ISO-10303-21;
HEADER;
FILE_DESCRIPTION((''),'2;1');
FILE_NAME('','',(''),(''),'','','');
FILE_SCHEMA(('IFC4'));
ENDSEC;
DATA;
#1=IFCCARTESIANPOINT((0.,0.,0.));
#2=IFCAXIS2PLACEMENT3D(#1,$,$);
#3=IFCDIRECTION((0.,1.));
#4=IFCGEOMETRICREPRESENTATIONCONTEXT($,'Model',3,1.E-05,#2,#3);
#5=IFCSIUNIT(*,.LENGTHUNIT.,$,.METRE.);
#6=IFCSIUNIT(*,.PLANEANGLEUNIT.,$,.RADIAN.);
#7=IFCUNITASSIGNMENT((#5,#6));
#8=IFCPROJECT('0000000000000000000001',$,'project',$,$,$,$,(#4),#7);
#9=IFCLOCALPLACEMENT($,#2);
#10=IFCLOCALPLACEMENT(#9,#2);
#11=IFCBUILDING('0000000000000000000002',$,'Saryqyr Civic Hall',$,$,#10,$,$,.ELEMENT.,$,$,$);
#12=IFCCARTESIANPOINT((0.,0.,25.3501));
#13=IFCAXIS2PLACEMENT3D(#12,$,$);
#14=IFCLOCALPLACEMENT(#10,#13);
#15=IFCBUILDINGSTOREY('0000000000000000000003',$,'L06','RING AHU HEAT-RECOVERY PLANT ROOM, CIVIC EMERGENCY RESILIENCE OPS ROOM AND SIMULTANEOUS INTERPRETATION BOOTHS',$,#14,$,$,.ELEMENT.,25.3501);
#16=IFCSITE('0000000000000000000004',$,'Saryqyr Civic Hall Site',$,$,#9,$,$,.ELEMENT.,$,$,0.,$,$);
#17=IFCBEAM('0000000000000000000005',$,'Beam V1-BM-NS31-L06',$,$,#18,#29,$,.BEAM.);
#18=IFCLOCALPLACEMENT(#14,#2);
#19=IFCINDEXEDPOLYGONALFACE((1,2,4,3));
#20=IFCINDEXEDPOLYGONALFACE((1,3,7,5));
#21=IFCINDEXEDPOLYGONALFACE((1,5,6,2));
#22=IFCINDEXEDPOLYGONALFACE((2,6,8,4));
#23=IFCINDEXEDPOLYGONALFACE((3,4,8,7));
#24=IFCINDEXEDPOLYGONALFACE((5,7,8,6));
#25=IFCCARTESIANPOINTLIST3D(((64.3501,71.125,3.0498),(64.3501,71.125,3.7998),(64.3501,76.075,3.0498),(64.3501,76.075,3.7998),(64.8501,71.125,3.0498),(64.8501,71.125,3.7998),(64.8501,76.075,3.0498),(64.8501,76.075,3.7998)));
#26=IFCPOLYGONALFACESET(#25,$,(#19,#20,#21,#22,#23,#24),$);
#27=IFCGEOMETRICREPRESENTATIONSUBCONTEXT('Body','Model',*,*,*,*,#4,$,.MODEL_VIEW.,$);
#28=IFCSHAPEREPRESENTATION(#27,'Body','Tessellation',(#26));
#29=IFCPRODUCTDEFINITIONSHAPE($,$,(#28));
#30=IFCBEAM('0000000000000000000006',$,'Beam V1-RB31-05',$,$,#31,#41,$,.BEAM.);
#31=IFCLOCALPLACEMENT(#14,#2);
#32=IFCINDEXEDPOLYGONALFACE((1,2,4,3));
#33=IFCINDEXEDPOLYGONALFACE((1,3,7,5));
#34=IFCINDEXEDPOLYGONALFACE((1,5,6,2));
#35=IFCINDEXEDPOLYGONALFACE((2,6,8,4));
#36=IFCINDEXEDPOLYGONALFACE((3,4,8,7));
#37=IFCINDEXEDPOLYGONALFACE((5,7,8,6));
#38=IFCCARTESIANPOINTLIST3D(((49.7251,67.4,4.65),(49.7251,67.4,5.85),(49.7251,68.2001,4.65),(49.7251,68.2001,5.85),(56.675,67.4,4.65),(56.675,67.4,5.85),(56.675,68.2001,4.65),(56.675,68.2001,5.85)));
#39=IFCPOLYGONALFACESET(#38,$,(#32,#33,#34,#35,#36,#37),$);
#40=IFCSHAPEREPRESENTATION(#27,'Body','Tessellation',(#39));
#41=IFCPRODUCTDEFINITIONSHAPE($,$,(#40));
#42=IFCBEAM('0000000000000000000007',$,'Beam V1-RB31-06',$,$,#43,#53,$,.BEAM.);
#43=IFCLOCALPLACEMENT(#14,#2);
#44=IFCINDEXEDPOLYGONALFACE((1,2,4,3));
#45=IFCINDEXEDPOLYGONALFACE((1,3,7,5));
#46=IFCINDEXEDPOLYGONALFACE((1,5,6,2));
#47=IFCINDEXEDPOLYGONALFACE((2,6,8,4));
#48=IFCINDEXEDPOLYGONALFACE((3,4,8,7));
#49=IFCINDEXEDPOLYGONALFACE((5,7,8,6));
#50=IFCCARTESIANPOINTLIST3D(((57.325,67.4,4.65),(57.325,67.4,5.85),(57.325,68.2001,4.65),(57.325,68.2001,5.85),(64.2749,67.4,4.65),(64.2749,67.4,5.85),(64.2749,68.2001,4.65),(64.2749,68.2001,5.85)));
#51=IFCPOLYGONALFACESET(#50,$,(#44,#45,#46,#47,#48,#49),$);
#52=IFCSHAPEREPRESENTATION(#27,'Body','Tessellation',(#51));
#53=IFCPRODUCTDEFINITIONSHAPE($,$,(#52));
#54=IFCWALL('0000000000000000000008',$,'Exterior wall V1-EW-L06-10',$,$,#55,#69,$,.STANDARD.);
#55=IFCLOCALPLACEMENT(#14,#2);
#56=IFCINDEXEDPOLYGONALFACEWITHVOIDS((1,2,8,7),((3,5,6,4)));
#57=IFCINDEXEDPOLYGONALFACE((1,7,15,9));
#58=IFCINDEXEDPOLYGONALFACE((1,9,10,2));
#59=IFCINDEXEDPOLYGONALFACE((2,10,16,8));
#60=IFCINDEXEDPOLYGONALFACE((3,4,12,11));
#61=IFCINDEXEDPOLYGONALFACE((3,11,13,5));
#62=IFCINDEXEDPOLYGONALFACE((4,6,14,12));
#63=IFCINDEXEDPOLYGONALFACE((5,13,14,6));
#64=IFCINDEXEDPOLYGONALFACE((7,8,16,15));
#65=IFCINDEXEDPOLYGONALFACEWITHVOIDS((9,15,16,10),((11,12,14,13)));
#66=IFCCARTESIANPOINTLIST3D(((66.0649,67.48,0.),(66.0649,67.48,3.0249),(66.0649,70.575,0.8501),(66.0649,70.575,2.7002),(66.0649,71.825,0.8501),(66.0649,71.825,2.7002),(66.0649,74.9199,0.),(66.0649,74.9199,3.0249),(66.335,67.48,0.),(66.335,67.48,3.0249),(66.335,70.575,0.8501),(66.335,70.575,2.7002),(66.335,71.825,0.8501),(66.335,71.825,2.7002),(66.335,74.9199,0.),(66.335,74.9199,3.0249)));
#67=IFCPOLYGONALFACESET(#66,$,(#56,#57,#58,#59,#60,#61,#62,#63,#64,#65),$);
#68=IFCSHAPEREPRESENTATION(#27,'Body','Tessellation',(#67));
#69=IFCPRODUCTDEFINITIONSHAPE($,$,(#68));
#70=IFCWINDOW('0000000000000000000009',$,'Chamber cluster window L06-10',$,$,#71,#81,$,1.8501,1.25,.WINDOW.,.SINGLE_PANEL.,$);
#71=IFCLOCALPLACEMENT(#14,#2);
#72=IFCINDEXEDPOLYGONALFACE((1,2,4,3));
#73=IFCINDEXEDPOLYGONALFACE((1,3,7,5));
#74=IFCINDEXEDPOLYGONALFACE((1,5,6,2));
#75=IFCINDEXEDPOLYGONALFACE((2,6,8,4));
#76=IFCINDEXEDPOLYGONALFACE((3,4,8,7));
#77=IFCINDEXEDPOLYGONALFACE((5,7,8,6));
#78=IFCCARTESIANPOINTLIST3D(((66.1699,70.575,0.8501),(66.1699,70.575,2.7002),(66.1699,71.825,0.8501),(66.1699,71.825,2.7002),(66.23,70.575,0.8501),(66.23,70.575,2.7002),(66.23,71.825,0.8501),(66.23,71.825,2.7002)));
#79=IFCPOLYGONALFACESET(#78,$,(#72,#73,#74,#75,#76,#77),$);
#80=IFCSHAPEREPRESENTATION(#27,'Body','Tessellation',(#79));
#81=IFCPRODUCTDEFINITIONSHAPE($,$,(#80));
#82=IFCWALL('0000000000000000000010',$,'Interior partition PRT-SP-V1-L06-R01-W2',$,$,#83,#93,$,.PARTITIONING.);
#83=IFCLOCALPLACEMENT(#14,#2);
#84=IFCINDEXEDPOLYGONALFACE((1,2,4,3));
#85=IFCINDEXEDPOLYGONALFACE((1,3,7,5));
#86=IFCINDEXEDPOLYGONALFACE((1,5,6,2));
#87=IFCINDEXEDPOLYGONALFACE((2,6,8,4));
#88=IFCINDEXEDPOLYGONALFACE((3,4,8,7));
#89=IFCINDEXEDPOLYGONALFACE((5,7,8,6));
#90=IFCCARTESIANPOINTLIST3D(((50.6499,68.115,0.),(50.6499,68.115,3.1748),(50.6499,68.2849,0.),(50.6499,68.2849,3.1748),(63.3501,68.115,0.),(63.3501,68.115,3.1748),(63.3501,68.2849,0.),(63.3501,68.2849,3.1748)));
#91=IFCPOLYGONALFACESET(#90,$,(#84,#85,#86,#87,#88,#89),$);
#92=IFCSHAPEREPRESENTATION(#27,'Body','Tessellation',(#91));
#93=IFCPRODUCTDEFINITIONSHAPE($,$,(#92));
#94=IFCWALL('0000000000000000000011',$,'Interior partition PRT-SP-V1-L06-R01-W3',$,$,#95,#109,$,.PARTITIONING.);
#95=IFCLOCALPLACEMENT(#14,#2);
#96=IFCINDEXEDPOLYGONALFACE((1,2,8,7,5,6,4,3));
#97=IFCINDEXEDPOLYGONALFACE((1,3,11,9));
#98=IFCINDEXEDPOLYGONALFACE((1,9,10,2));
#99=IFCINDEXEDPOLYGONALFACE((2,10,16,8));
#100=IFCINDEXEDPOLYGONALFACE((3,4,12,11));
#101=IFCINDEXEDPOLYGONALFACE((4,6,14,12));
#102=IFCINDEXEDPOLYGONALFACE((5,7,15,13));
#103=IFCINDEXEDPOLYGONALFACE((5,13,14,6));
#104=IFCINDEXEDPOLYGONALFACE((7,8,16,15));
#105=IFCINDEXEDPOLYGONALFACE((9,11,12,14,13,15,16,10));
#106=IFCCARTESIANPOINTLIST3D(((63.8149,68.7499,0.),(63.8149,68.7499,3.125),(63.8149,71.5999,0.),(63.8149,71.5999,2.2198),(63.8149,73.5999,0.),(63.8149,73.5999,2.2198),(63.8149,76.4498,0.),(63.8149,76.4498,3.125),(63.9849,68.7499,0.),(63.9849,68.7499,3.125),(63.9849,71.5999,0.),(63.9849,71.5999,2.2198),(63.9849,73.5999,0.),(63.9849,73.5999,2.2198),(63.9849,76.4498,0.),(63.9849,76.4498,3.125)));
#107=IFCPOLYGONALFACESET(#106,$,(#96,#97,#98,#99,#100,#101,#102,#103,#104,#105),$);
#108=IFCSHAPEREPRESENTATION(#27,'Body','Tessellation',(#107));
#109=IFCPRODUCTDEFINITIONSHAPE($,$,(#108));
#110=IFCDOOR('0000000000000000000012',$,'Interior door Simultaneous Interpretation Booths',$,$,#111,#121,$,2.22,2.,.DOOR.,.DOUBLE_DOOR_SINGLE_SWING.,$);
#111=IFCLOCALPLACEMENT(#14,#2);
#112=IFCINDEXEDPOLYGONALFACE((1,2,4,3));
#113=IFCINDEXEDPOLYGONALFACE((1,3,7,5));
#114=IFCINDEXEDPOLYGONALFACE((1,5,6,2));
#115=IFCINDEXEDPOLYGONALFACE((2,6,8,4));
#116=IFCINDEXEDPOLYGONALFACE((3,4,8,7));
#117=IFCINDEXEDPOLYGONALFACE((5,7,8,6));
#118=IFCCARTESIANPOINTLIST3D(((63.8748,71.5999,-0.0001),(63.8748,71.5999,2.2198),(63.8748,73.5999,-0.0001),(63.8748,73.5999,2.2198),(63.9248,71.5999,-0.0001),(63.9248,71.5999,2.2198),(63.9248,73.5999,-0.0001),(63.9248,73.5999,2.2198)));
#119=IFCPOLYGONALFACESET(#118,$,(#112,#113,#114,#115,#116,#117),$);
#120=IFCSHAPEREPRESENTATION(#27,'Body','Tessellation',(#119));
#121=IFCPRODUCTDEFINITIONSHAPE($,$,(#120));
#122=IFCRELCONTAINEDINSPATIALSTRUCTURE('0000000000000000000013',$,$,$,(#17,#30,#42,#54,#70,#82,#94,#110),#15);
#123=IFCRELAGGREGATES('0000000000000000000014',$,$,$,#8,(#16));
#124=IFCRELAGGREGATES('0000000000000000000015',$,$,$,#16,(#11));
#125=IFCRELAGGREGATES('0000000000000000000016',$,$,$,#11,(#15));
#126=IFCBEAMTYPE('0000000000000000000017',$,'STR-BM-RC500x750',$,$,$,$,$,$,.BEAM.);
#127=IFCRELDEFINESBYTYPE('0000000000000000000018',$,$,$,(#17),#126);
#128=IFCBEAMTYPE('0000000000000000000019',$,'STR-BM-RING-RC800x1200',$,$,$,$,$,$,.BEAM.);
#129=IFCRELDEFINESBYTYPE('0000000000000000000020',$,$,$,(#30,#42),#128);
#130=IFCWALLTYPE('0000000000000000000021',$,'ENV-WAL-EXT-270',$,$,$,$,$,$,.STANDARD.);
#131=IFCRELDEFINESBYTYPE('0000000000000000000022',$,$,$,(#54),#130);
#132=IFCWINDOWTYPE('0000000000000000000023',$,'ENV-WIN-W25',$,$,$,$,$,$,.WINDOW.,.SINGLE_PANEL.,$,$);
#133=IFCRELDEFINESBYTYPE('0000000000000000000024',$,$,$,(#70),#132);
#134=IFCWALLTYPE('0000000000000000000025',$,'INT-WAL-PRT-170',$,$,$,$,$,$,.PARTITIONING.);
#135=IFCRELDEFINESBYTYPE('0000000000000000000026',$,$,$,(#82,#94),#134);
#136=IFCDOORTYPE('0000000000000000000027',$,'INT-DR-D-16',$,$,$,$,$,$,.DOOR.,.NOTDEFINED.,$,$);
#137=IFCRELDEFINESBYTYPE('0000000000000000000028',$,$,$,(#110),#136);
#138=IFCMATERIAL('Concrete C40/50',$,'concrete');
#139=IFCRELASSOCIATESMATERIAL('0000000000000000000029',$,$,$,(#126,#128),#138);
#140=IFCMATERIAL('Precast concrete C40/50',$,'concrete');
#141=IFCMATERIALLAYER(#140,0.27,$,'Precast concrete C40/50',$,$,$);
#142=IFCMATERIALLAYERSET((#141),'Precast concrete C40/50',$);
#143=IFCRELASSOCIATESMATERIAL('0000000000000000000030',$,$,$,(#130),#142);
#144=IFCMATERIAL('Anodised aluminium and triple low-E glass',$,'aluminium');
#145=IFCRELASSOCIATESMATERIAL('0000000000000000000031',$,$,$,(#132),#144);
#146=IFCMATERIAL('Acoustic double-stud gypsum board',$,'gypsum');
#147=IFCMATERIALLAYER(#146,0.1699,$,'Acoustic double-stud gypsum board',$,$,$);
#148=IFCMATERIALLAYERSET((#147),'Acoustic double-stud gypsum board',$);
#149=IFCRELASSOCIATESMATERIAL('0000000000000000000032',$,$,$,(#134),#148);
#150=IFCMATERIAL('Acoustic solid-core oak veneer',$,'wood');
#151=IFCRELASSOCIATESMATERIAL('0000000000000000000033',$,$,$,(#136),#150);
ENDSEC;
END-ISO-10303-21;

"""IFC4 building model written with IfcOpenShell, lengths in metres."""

from ifc_helpers import new_model, si_unit, direction, frame, frame_2d, origin, origin_2d, place, context, subcontext, project, spatial, rectangle, extrude, material, layer, layer_set, material_profile, profile_set, type_object, element, fill, save


model = new_model("IFC4")

# Units and contexts
model_context = context("Model", 3, precision=1e-05, world=origin(), true_north=direction((0.0, 1.0)))
body_context = subcontext(model_context, "Body", "Model", "MODEL_VIEW")
ifc_project = project(units=[si_unit("LENGTHUNIT", "METRE"), si_unit("PLANEANGLEUNIT", "RADIAN")], contexts=[model_context])

# Site, building, storey
site_placement = place(None, origin())
site = spatial("IfcSite", under=ifc_project, at=site_placement, Name="Saryqyr Civic Hall Site", CompositionType="ELEMENT", RefElevation=0.0)
building_placement = place(site_placement, origin())
building = spatial("IfcBuilding", under=site, at=building_placement, Name="Saryqyr Civic Hall", CompositionType="ELEMENT")
storey_placement = place(building_placement, frame((0.0, 0.0, 25.3501)))
storey = spatial("IfcBuildingStorey", under=building, at=storey_placement, Name="L06", Description="RING AHU HEAT-RECOVERY PLANT ROOM, CIVIC EMERGENCY RESILIENCE OPS ROOM AND SIMULTANEOUS INTERPRETATION BOOTHS", CompositionType="ELEMENT", Elevation=25.3501)

# Shared definitions
ifc_material_1 = material(Name="Concrete C40/50", Category="concrete")

# Shared definitions
ifc_material_2 = material(Name="Anodised aluminium and triple low-E glass", Category="aluminium")

# Beams
ifc_material_profile_1 = material_profile(ifc_material_1, rectangle(XDim=0.5, YDim=0.75, at=origin_2d()), Name="RC 500x750")
ifc_profile_set_1 = profile_set([ifc_material_profile_1], Name="Concrete C40/50")
beam_type_1 = type_object("IfcBeamType", Name="STR-BM-RC500x750", PredefinedType="BEAM", material=ifc_profile_set_1)
for number, where, z_axis, x_axis, name in (
    (1, (64.6001, 71.125, 3.4248), (0.0, 1.0, 0.0), (-1.0, 0.0, 0.0), "Beam V1-BM-NS31-L06"),
):
    element("IfcBeam", number, at=place(storey_placement, frame(where, z_axis=z_axis, x_axis=x_axis)), inside=storey, type_object=beam_type_1, Name=name, PredefinedType="BEAM", context=body_context, shape_type="SweptSolid", body=[
        extrude(rectangle(XDim=0.5, YDim=0.75, at=origin_2d()), origin(), (0.0, 0.0, 1.0), 4.95),
    ])
ifc_material_profile_2 = material_profile(ifc_material_1, rectangle(XDim=0.8, YDim=1.2, at=origin_2d()), Name="RC 800x1200")
ifc_profile_set_2 = profile_set([ifc_material_profile_2], Name="Concrete C40/50")
beam_type_2 = type_object("IfcBeamType", Name="STR-BM-RING-RC800x1200", PredefinedType="BEAM", material=ifc_profile_set_2)
for number, where, z_axis, x_axis, name in (
    (2, (49.7251, 67.8, 5.25), (1.0, 0.0, 0.0), (0.0, 1.0, 0.0), "Beam V1-RB31-05"),
    (3, (57.325, 67.8, 5.25), (1.0, 0.0, 0.0), (0.0, 1.0, 0.0), "Beam V1-RB31-06"),
):
    element("IfcBeam", number, at=place(storey_placement, frame(where, z_axis=z_axis, x_axis=x_axis)), inside=storey, type_object=beam_type_2, Name=name, PredefinedType="BEAM", context=body_context, shape_type="SweptSolid", body=[
        extrude(rectangle(XDim=0.8, YDim=1.2, at=origin_2d()), origin(), (0.0, 0.0, 1.0), 6.95),
    ])

# Wall, opening, window
ifc_material_3 = material(Name="Precast concrete C40/50", Category="concrete")
ifc_layer_1 = layer(ifc_material_3, 0.27, Name="Precast concrete C40/50")
ifc_layer_set_1 = layer_set([ifc_layer_1], Name="Precast concrete C40/50")
wall_type_1 = type_object("IfcWallType", Name="ENV-WAL-EXT-270", PredefinedType="STANDARD", material=ifc_layer_set_1)
wall_1_placement = place(storey_placement, frame((66.2, 74.9199, 0.0), z_axis=(0.0, 0.0, 1.0), x_axis=(0.0, -1.0, 0.0)))
wall_1 = element("IfcWall", 4, at=wall_1_placement, inside=storey, type_object=wall_type_1, Name="Exterior wall V1-EW-L06-10", PredefinedType="STANDARD", context=body_context, shape_type="SweptSolid", body=[
    extrude(rectangle(XDim=7.4399, YDim=0.27, at=frame_2d((3.72, 0.0))), origin(), (0.0, 0.0, 1.0), 3.0249),
])
opening_1_placement = place(wall_1_placement, frame((3.095, 0.0, 0.8501)))
opening_1 = element("IfcOpeningElement", 5, at=opening_1_placement, cuts=wall_1, PredefinedType="OPENING", context=body_context, shape_type="SweptSolid", body=[
    extrude(rectangle(XDim=1.25, YDim=1.8501, at=frame_2d((0.625, 0.925))), frame((0.0, 0.145, 0.0), z_axis=(0.0, -1.0, 0.0), x_axis=(1.0, 0.0, 0.0)), (0.0, 0.0, 1.0), 0.29),
])
window_type = type_object("IfcWindowType", Name="ENV-WIN-W25", PartitioningType="SINGLE_PANEL", PredefinedType="WINDOW", material=ifc_material_2)
window_placement = place(opening_1_placement, origin())
window = element("IfcWindow", 6, at=window_placement, inside=storey, type_object=window_type, Name="Chamber cluster window L06-10", OverallHeight=1.8501, OverallWidth=1.25, PartitioningType="SINGLE_PANEL", PredefinedType="WINDOW", context=body_context, shape_type="SweptSolid", body=[
    extrude(rectangle(XDim=1.25, YDim=1.8501, at=frame_2d((0.625, 0.925))), frame((0.0, 0.03, 0.0), z_axis=(0.0, -1.0, 0.0), x_axis=(1.0, 0.0, 0.0)), (0.0, 0.0, 1.0), 0.0601),
])
fill(opening_1, window)

# Wall
ifc_material_4 = material(Name="Acoustic double-stud gypsum board", Category="gypsum")
ifc_layer_2 = layer(ifc_material_4, 0.1699, Name="Acoustic double-stud gypsum board")
ifc_layer_set_2 = layer_set([ifc_layer_2], Name="Acoustic double-stud gypsum board")
wall_type_2 = type_object("IfcWallType", Name="INT-WAL-PRT-170", PredefinedType="PARTITIONING", material=ifc_layer_set_2)
wall_2_placement = place(storey_placement, frame((63.3501, 68.2, 0.0), z_axis=(0.0, 0.0, 1.0), x_axis=(-1.0, 0.0, 0.0)))
element("IfcWall", 7, at=wall_2_placement, inside=storey, type_object=wall_type_2, Name="Interior partition PRT-SP-V1-L06-R01-W2", PredefinedType="PARTITIONING", context=body_context, shape_type="SweptSolid", body=[
    extrude(rectangle(XDim=12.7002, YDim=0.1699, at=frame_2d((6.3501, 0.0))), origin(), (0.0, 0.0, 1.0), 3.1748),
])

# Wall, opening, door
wall_3_placement = place(storey_placement, frame((63.8999, 76.45, 0.0), z_axis=(0.0, 0.0, 1.0), x_axis=(0.0, -1.0, 0.0)))
wall_3 = element("IfcWall", 8, at=wall_3_placement, inside=storey, type_object=wall_type_2, Name="Interior partition PRT-SP-V1-L06-R01-W3", PredefinedType="PARTITIONING", context=body_context, shape_type="SweptSolid", body=[
    extrude(rectangle(XDim=7.7, YDim=0.1699, at=frame_2d((3.8501, 0.0))), origin(), (0.0, 0.0, 1.0), 3.125),
])
opening_2_placement = place(wall_3_placement, frame((2.8501, 0.0, 0.0)))
opening_2 = element("IfcOpeningElement", 9, at=opening_2_placement, cuts=wall_3, PredefinedType="OPENING", context=body_context, shape_type="SweptSolid", body=[
    extrude(rectangle(XDim=2.0, YDim=2.22, at=frame_2d((1.0, 1.1099))), frame((0.0, 0.095, 0.0), z_axis=(0.0, -1.0, 0.0), x_axis=(1.0, 0.0, 0.0)), (0.0, 0.0, 1.0), 0.1899),
])
ifc_material_5 = material(Name="Acoustic solid-core oak veneer", Category="wood")
door_type = type_object("IfcDoorType", Name="INT-DR-D-16", OperationType="NOTDEFINED", PredefinedType="DOOR", material=ifc_material_5)
door_placement = place(opening_2_placement, origin())
door = element("IfcDoor", 10, at=door_placement, inside=storey, type_object=door_type, Name="Interior door Simultaneous Interpretation Booths", OperationType="DOUBLE_DOOR_SINGLE_SWING", OverallHeight=2.22, OverallWidth=2.0, PredefinedType="DOOR", context=body_context, shape_type="SweptSolid", body=[
    extrude(rectangle(XDim=2.0, YDim=2.22, at=frame_2d((1.0, 1.1099))), frame((0.0, 0.0249, 0.0), z_axis=(0.0, -1.0, 0.0), x_axis=(1.0, 0.0, 0.0)), (0.0, 0.0, 1.0), 0.05),
])
fill(opening_2, door)

save(model, "model.ifc")
